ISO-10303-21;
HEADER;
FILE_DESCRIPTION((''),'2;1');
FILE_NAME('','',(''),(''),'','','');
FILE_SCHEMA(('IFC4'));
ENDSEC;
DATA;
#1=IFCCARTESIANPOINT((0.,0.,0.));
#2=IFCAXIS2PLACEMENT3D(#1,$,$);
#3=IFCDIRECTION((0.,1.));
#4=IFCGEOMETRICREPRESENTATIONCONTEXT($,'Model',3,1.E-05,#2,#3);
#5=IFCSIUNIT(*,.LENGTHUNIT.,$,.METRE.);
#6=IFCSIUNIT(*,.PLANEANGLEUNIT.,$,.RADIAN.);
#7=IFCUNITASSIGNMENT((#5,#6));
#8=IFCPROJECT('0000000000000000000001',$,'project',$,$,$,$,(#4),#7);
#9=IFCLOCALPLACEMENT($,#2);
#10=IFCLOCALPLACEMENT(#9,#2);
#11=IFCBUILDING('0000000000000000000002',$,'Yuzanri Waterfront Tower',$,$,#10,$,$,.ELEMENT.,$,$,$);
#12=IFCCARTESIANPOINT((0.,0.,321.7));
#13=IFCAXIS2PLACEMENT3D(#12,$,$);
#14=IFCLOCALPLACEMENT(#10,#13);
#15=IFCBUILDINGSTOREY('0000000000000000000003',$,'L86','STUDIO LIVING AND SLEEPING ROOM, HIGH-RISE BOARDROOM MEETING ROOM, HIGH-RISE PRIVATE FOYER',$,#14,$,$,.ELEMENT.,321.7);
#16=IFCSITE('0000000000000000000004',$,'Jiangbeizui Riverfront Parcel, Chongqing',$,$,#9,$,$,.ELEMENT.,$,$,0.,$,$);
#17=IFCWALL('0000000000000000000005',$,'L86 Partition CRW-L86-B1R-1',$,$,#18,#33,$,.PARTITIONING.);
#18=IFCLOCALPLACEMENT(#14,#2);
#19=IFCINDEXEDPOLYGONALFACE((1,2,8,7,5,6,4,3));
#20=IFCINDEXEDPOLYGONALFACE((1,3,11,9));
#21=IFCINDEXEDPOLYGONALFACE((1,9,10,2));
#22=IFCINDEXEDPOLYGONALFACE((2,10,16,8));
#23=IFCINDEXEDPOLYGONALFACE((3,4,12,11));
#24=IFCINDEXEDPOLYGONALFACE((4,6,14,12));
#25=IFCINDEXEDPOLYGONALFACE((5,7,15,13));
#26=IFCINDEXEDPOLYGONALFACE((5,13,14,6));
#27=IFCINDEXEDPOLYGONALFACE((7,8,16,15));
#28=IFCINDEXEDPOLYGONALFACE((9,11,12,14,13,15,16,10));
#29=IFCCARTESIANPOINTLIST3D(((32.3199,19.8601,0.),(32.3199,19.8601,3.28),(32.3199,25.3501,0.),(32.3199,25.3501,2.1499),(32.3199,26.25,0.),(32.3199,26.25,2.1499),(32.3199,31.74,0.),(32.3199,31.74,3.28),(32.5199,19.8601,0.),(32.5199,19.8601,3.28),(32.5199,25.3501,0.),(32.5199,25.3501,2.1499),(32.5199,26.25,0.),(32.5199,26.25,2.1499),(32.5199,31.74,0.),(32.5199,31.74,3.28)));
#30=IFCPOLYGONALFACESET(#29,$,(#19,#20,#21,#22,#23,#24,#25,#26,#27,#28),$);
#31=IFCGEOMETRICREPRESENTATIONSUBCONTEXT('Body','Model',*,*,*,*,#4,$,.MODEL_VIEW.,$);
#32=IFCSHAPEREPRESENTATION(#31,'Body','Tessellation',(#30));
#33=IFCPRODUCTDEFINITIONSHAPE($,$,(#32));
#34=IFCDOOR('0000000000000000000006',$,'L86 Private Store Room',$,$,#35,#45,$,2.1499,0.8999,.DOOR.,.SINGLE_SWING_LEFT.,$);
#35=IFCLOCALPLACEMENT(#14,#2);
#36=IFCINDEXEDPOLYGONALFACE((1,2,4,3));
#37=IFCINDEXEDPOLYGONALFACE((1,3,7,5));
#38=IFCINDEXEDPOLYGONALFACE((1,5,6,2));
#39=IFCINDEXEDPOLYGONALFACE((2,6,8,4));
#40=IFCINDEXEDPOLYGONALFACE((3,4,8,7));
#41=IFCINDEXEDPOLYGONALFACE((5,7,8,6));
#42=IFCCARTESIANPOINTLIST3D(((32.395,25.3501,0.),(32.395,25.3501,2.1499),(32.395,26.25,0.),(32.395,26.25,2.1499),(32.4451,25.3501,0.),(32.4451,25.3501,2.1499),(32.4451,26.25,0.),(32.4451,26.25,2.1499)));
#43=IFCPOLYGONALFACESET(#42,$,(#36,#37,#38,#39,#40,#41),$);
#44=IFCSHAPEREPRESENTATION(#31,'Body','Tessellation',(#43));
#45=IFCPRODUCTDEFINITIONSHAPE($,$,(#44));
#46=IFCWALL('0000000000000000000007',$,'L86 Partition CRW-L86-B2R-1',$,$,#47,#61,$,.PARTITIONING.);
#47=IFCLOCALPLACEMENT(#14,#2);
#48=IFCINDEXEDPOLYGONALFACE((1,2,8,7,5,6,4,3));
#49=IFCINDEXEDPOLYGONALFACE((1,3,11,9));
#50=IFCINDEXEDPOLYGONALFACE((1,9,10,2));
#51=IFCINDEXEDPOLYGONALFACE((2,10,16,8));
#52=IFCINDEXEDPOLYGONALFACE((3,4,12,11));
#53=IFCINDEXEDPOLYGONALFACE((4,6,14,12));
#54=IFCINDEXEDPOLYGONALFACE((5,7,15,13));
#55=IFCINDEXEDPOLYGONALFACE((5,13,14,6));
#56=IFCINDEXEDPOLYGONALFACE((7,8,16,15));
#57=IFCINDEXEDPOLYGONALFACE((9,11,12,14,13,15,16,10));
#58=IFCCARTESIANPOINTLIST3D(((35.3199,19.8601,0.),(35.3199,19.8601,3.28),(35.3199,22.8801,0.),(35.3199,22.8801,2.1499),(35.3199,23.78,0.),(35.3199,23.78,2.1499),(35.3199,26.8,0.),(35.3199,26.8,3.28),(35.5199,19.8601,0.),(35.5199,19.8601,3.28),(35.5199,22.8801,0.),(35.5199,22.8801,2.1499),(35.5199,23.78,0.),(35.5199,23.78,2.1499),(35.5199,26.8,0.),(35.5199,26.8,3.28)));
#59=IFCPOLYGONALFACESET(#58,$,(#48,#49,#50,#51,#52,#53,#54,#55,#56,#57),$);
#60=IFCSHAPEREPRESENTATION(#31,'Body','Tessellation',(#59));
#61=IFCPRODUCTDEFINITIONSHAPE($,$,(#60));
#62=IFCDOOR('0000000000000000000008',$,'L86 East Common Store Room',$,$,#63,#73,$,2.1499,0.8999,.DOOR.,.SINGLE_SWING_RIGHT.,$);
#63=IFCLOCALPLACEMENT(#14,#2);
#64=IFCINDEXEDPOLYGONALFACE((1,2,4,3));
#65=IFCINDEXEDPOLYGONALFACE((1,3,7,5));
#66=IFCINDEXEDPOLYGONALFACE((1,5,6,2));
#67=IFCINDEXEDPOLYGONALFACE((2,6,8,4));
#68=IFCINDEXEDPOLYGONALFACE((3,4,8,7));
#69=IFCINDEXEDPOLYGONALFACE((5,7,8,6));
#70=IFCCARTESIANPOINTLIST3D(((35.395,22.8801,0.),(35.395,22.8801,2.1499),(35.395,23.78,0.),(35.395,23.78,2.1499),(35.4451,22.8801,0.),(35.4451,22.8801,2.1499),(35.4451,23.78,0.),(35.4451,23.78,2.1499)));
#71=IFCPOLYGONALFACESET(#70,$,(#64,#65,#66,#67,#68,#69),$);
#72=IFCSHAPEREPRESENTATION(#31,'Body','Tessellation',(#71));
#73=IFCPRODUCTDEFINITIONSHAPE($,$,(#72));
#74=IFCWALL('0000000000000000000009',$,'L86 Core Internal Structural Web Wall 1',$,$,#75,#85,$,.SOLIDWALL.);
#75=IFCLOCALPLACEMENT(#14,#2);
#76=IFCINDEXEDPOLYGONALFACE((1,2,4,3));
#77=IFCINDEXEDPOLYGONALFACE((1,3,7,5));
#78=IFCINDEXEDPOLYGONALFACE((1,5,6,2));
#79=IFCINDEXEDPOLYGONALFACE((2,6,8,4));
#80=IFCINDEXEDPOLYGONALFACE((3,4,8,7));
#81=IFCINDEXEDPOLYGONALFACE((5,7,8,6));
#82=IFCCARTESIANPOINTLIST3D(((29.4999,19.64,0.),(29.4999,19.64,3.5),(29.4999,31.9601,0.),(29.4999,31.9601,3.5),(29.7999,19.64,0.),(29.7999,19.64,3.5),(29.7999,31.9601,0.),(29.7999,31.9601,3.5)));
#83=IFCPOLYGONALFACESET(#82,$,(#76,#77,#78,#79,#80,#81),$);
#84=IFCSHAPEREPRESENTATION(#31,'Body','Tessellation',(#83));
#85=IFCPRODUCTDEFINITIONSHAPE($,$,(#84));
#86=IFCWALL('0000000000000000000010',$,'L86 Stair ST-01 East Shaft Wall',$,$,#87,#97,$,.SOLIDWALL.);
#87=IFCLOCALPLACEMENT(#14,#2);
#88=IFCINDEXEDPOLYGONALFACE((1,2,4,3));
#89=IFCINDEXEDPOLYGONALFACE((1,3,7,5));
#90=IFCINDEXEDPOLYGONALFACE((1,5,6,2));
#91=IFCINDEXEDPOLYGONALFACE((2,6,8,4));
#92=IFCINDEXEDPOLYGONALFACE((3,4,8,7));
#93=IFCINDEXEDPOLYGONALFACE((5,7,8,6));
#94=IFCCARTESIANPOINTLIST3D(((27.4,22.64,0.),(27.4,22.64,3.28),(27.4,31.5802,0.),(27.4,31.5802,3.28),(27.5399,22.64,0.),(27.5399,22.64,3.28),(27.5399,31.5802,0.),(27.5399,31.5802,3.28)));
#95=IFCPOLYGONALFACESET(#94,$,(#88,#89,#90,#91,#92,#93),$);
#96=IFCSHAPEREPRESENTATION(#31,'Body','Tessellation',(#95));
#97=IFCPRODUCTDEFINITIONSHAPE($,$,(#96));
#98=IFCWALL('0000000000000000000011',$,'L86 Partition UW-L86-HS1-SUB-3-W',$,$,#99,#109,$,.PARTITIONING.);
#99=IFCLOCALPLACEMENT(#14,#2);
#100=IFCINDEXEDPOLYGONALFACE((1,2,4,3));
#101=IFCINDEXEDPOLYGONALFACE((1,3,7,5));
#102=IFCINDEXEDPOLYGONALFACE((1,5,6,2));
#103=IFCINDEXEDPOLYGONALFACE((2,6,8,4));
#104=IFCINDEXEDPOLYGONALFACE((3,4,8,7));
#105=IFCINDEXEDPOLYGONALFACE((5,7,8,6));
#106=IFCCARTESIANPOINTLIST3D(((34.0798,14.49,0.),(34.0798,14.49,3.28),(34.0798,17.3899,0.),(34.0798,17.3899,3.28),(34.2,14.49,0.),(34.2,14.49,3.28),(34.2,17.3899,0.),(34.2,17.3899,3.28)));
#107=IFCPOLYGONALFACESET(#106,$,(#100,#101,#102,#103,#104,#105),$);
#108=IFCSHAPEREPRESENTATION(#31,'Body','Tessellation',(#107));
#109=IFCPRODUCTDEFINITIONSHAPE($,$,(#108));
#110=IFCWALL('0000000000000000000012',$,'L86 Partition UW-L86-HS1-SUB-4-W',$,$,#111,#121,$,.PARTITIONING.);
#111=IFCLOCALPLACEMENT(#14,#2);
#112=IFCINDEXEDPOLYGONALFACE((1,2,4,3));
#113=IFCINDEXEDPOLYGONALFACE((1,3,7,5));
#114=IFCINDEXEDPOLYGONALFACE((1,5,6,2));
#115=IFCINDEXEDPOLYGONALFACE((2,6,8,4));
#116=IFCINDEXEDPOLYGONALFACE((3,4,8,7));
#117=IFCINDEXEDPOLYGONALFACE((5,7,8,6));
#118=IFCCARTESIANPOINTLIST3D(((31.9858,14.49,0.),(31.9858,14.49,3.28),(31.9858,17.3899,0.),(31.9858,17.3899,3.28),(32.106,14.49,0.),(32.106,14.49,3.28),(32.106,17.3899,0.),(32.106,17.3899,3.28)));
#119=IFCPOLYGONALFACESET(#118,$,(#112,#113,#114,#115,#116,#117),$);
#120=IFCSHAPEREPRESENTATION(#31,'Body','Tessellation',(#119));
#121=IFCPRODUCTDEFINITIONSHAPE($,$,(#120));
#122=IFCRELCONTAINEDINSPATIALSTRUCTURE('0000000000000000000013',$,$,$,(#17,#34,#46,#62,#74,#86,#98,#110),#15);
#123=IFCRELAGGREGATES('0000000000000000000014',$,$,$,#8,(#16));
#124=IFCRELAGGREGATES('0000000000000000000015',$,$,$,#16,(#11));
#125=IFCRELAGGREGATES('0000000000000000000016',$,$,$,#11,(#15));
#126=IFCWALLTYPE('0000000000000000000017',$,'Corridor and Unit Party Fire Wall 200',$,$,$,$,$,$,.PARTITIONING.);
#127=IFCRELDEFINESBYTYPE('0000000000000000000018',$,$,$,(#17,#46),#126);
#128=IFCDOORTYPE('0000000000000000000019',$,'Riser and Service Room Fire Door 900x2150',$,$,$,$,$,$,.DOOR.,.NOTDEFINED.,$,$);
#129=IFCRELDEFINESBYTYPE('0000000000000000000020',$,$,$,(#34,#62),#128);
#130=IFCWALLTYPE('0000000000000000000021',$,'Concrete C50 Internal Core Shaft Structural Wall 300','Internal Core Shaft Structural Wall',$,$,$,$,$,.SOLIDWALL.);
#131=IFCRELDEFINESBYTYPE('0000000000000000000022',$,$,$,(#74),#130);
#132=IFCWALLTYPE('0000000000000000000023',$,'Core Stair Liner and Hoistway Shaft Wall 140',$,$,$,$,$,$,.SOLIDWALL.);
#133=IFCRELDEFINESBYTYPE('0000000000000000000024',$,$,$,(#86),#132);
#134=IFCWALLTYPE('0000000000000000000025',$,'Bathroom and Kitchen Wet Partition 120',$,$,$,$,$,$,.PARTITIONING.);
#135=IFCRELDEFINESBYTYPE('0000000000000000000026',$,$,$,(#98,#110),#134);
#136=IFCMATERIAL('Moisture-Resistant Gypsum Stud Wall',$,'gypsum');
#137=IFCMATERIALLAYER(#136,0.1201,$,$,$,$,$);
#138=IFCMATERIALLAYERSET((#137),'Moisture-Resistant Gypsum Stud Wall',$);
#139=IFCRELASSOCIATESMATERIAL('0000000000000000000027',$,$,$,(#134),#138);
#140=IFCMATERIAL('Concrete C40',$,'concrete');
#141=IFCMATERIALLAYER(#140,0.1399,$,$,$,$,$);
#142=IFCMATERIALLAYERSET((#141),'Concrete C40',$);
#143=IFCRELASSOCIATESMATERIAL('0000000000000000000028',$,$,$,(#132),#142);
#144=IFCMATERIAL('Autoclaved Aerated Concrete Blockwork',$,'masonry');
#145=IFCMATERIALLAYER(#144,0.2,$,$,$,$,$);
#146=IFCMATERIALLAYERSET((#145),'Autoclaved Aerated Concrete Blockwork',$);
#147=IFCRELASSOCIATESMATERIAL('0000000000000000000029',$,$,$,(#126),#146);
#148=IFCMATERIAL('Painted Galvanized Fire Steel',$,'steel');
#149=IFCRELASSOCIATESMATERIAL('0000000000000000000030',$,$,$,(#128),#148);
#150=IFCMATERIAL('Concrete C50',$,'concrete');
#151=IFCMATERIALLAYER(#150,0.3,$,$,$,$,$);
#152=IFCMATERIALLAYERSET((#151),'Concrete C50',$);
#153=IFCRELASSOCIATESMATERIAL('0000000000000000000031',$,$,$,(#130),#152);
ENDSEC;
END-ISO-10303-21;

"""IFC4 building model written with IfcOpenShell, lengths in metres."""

from ifc_helpers import new_model, si_unit, direction, frame, frame_2d, origin, place, context, subcontext, project, spatial, rectangle, extrude, source, transform, mapped, material, layer, layer_set, type_object, element, fill, save


model = new_model("IFC4")

# Units and contexts
model_context = context("Model", 3, precision=1e-05, world=origin(), true_north=direction((0.0, 1.0)))
body_context = subcontext(model_context, "Body", "Model", "MODEL_VIEW")
ifc_project = project(units=[si_unit("LENGTHUNIT", "METRE"), si_unit("PLANEANGLEUNIT", "RADIAN")], contexts=[model_context])

# Site, building, storey
site_placement = place(None, origin())
site = spatial("IfcSite", under=ifc_project, at=site_placement, Name="Jiangbeizui Riverfront Parcel, Chongqing", CompositionType="ELEMENT", RefElevation=0.0)
building_placement = place(site_placement, origin())
building = spatial("IfcBuilding", under=site, at=building_placement, Name="Yuzanri Waterfront Tower", CompositionType="ELEMENT")
storey_placement = place(building_placement, frame((0.0, 0.0, 321.7)))
storey = spatial("IfcBuildingStorey", under=building, at=storey_placement, Name="L86", Description="STUDIO LIVING AND SLEEPING ROOM, HIGH-RISE BOARDROOM MEETING ROOM, HIGH-RISE PRIVATE FOYER", CompositionType="ELEMENT", Elevation=321.7)

# Shared definitions
ifc_material_1 = material(Name="Moisture-Resistant Gypsum Stud Wall", Category="gypsum")
ifc_layer_1 = layer(ifc_material_1, 0.1201)
ifc_layer_set_1 = layer_set([ifc_layer_1], Name="Moisture-Resistant Gypsum Stud Wall")
wall_type_1 = type_object("IfcWallType", Name="Bathroom and Kitchen Wet Partition 120", PredefinedType="PARTITIONING", material=ifc_layer_set_1)

# Walls, openings, doors
ifc_material_2 = material(Name="Concrete C40", Category="concrete")
ifc_layer_2 = layer(ifc_material_2, 0.1399)
ifc_layer_set_2 = layer_set([ifc_layer_2], Name="Concrete C40")
wall_type_2 = type_object("IfcWallType", Name="Core Stair Liner and Hoistway Shaft Wall 140", PredefinedType="SOLIDWALL", material=ifc_layer_set_2)
ifc_material_3 = material(Name="Autoclaved Aerated Concrete Blockwork", Category="masonry")
ifc_layer_3 = layer(ifc_material_3, 0.2)
ifc_layer_set_3 = layer_set([ifc_layer_3], Name="Autoclaved Aerated Concrete Blockwork")
wall_type_3 = type_object("IfcWallType", Name="Corridor and Unit Party Fire Wall 200", PredefinedType="PARTITIONING", material=ifc_layer_set_3)
wall_1_placement = place(storey_placement, frame((32.4199, 19.8601, 0.0), z_axis=(0.0, 0.0, 1.0), x_axis=(0.0, 1.0, 0.0)))
wall_1 = element("IfcWall", 1, at=wall_1_placement, inside=storey, type_object=wall_type_3, Name="L86 Partition CRW-L86-B1R-1", PredefinedType="PARTITIONING", context=body_context, shape_type="SweptSolid", body=[
    extrude(rectangle(XDim=11.8799, YDim=0.2, at=frame_2d((5.9399, 0.0))), origin(), (0.0, 0.0, 1.0), 3.28),
])
opening_1_placement = place(wall_1_placement, frame((5.49, 0.0, 0.0)))
opening_1 = element("IfcOpeningElement", 2, at=opening_1_placement, cuts=wall_1, PredefinedType="OPENING", context=body_context, shape_type="SweptSolid", body=[
    extrude(rectangle(XDim=0.8999, YDim=2.1499, at=frame_2d((0.45, 1.075))), frame((0.0, 0.1147, 0.0), z_axis=(0.0, -1.0, 0.0), x_axis=(1.0, 0.0, 0.0)), (0.0, 0.0, 1.0), 0.2297),
])
ifc_material_4 = material(Name="Painted Galvanized Fire Steel", Category="steel")
door_type_1 = type_object("IfcDoorType", Name="Riser and Service Room Fire Door 900x2150", OperationType="NOTDEFINED", PredefinedType="DOOR", material=ifc_material_4)
shared_shape_1 = source(origin(), body_context, "Body", "SweptSolid", [
    extrude(rectangle(XDim=0.8999, YDim=2.1499, at=frame_2d((0.45, 1.075))), frame((0.0, 0.0249, 0.0), z_axis=(0.0, -1.0, 0.0), x_axis=(1.0, 0.0, 0.0)), (0.0, 0.0, 1.0), 0.05),
])
door_1_placement = place(opening_1_placement, origin())
door_1 = element("IfcDoor", 3, at=door_1_placement, inside=storey, type_object=door_type_1, Name="L86 Private Store Room", OperationType="SINGLE_SWING_LEFT", OverallHeight=2.1499, OverallWidth=0.8999, PredefinedType="DOOR", context=body_context, shape_type="MappedRepresentation", body=[
    mapped(shared_shape_1, transform((0.0, 0.0, 0.0), scale=1.0)),
])
fill(opening_1, door_1)
wall_2_placement = place(storey_placement, frame((35.4199, 19.8601, 0.0), z_axis=(0.0, 0.0, 1.0), x_axis=(0.0, 1.0, 0.0)))
wall_2 = element("IfcWall", 4, at=wall_2_placement, inside=storey, type_object=wall_type_3, Name="L86 Partition CRW-L86-B2R-1", PredefinedType="PARTITIONING", context=body_context, shape_type="SweptSolid", body=[
    extrude(rectangle(XDim=6.9399, YDim=0.2, at=frame_2d((3.47, 0.0))), origin(), (0.0, 0.0, 1.0), 3.28),
])
opening_2_placement = place(wall_2_placement, frame((3.02, 0.0, 0.0)))
opening_2 = element("IfcOpeningElement", 5, at=opening_2_placement, cuts=wall_2, PredefinedType="OPENING", context=body_context, shape_type="SweptSolid", body=[
    extrude(rectangle(XDim=0.8999, YDim=2.1499, at=frame_2d((0.45, 1.075))), frame((0.0, 0.1147, 0.0), z_axis=(0.0, -1.0, 0.0), x_axis=(1.0, 0.0, 0.0)), (0.0, 0.0, 1.0), 0.2297),
])
door_2_placement = place(opening_2_placement, origin())
door_2 = element("IfcDoor", 6, at=door_2_placement, inside=storey, type_object=door_type_1, Name="L86 East Common Store Room", OperationType="SINGLE_SWING_RIGHT", OverallHeight=2.1499, OverallWidth=0.8999, PredefinedType="DOOR", context=body_context, shape_type="MappedRepresentation", body=[
    mapped(shared_shape_1, transform((0.0, 0.0, 0.0), scale=1.0)),
])
fill(opening_2, door_2)

# Walls
ifc_material_5 = material(Name="Concrete C50", Category="concrete")
ifc_layer_4 = layer(ifc_material_5, 0.3)
ifc_layer_set_4 = layer_set([ifc_layer_4], Name="Concrete C50")
wall_type_4 = type_object("IfcWallType", Name="Concrete C50 Internal Core Shaft Structural Wall 300", Description="Internal Core Shaft Structural Wall", PredefinedType="SOLIDWALL", material=ifc_layer_set_4)
shared_shape_2 = source(origin(), body_context, "Body", "SweptSolid", [
    extrude(rectangle(XDim=12.3201, YDim=0.3, at=frame_2d((6.1602, 0.0))), origin(), (0.0, 0.0, 1.0), 3.5),
])
wall_3_placement = place(storey_placement, frame((29.6499, 19.6399, 0.0), z_axis=(0.0, 0.0, 1.0), x_axis=(0.0, 1.0, 0.0)))
element("IfcWall", 7, at=wall_3_placement, inside=storey, type_object=wall_type_4, Name="L86 Core Internal Structural Web Wall 1", PredefinedType="SOLIDWALL", context=body_context, shape_type="MappedRepresentation", body=[
    mapped(shared_shape_2, transform((0.0, 0.0, 0.0), scale=1.0)),
])
shared_shape_3 = source(origin(), body_context, "Body", "SweptSolid", [
    extrude(rectangle(XDim=8.9402, YDim=0.1399, at=frame_2d((4.4702, 0.0))), origin(), (0.0, 0.0, 1.0), 3.28),
])
wall_4_placement = place(storey_placement, frame((27.47, 22.6399, 0.0), z_axis=(0.0, 0.0, 1.0), x_axis=(0.0, 1.0, 0.0)))
element("IfcWall", 8, at=wall_4_placement, inside=storey, type_object=wall_type_2, Name="L86 Stair ST-01 East Shaft Wall", PredefinedType="SOLIDWALL", context=body_context, shape_type="MappedRepresentation", body=[
    mapped(shared_shape_3, transform((0.0, 0.0, 0.0), scale=1.0)),
])
shared_shape_4 = source(origin(), body_context, "Body", "SweptSolid", [
    extrude(rectangle(XDim=2.8999, YDim=0.1201, at=frame_2d((1.45, 0.0))), origin(), (0.0, 0.0, 1.0), 3.28),
])
for number, where, z_axis, x_axis, name in (
    (9, (34.1399, 14.49, 0.0), (0.0, 0.0, 1.0), (0.0, 1.0, 0.0), "L86 Partition UW-L86-HS1-SUB-3-W"),
    (10, (32.0459, 14.49, 0.0), (0.0, 0.0, 1.0), (0.0, 1.0, 0.0), "L86 Partition UW-L86-HS1-SUB-4-W"),
):
    element("IfcWall", number, at=place(storey_placement, frame(where, z_axis=z_axis, x_axis=x_axis)), inside=storey, type_object=wall_type_1, Name=name, PredefinedType="PARTITIONING", context=body_context, shape_type="MappedRepresentation", body=[
        mapped(shared_shape_4, transform((0.0, 0.0, 0.0), scale=1.0)),
    ])

save(model, "model.ifc")
